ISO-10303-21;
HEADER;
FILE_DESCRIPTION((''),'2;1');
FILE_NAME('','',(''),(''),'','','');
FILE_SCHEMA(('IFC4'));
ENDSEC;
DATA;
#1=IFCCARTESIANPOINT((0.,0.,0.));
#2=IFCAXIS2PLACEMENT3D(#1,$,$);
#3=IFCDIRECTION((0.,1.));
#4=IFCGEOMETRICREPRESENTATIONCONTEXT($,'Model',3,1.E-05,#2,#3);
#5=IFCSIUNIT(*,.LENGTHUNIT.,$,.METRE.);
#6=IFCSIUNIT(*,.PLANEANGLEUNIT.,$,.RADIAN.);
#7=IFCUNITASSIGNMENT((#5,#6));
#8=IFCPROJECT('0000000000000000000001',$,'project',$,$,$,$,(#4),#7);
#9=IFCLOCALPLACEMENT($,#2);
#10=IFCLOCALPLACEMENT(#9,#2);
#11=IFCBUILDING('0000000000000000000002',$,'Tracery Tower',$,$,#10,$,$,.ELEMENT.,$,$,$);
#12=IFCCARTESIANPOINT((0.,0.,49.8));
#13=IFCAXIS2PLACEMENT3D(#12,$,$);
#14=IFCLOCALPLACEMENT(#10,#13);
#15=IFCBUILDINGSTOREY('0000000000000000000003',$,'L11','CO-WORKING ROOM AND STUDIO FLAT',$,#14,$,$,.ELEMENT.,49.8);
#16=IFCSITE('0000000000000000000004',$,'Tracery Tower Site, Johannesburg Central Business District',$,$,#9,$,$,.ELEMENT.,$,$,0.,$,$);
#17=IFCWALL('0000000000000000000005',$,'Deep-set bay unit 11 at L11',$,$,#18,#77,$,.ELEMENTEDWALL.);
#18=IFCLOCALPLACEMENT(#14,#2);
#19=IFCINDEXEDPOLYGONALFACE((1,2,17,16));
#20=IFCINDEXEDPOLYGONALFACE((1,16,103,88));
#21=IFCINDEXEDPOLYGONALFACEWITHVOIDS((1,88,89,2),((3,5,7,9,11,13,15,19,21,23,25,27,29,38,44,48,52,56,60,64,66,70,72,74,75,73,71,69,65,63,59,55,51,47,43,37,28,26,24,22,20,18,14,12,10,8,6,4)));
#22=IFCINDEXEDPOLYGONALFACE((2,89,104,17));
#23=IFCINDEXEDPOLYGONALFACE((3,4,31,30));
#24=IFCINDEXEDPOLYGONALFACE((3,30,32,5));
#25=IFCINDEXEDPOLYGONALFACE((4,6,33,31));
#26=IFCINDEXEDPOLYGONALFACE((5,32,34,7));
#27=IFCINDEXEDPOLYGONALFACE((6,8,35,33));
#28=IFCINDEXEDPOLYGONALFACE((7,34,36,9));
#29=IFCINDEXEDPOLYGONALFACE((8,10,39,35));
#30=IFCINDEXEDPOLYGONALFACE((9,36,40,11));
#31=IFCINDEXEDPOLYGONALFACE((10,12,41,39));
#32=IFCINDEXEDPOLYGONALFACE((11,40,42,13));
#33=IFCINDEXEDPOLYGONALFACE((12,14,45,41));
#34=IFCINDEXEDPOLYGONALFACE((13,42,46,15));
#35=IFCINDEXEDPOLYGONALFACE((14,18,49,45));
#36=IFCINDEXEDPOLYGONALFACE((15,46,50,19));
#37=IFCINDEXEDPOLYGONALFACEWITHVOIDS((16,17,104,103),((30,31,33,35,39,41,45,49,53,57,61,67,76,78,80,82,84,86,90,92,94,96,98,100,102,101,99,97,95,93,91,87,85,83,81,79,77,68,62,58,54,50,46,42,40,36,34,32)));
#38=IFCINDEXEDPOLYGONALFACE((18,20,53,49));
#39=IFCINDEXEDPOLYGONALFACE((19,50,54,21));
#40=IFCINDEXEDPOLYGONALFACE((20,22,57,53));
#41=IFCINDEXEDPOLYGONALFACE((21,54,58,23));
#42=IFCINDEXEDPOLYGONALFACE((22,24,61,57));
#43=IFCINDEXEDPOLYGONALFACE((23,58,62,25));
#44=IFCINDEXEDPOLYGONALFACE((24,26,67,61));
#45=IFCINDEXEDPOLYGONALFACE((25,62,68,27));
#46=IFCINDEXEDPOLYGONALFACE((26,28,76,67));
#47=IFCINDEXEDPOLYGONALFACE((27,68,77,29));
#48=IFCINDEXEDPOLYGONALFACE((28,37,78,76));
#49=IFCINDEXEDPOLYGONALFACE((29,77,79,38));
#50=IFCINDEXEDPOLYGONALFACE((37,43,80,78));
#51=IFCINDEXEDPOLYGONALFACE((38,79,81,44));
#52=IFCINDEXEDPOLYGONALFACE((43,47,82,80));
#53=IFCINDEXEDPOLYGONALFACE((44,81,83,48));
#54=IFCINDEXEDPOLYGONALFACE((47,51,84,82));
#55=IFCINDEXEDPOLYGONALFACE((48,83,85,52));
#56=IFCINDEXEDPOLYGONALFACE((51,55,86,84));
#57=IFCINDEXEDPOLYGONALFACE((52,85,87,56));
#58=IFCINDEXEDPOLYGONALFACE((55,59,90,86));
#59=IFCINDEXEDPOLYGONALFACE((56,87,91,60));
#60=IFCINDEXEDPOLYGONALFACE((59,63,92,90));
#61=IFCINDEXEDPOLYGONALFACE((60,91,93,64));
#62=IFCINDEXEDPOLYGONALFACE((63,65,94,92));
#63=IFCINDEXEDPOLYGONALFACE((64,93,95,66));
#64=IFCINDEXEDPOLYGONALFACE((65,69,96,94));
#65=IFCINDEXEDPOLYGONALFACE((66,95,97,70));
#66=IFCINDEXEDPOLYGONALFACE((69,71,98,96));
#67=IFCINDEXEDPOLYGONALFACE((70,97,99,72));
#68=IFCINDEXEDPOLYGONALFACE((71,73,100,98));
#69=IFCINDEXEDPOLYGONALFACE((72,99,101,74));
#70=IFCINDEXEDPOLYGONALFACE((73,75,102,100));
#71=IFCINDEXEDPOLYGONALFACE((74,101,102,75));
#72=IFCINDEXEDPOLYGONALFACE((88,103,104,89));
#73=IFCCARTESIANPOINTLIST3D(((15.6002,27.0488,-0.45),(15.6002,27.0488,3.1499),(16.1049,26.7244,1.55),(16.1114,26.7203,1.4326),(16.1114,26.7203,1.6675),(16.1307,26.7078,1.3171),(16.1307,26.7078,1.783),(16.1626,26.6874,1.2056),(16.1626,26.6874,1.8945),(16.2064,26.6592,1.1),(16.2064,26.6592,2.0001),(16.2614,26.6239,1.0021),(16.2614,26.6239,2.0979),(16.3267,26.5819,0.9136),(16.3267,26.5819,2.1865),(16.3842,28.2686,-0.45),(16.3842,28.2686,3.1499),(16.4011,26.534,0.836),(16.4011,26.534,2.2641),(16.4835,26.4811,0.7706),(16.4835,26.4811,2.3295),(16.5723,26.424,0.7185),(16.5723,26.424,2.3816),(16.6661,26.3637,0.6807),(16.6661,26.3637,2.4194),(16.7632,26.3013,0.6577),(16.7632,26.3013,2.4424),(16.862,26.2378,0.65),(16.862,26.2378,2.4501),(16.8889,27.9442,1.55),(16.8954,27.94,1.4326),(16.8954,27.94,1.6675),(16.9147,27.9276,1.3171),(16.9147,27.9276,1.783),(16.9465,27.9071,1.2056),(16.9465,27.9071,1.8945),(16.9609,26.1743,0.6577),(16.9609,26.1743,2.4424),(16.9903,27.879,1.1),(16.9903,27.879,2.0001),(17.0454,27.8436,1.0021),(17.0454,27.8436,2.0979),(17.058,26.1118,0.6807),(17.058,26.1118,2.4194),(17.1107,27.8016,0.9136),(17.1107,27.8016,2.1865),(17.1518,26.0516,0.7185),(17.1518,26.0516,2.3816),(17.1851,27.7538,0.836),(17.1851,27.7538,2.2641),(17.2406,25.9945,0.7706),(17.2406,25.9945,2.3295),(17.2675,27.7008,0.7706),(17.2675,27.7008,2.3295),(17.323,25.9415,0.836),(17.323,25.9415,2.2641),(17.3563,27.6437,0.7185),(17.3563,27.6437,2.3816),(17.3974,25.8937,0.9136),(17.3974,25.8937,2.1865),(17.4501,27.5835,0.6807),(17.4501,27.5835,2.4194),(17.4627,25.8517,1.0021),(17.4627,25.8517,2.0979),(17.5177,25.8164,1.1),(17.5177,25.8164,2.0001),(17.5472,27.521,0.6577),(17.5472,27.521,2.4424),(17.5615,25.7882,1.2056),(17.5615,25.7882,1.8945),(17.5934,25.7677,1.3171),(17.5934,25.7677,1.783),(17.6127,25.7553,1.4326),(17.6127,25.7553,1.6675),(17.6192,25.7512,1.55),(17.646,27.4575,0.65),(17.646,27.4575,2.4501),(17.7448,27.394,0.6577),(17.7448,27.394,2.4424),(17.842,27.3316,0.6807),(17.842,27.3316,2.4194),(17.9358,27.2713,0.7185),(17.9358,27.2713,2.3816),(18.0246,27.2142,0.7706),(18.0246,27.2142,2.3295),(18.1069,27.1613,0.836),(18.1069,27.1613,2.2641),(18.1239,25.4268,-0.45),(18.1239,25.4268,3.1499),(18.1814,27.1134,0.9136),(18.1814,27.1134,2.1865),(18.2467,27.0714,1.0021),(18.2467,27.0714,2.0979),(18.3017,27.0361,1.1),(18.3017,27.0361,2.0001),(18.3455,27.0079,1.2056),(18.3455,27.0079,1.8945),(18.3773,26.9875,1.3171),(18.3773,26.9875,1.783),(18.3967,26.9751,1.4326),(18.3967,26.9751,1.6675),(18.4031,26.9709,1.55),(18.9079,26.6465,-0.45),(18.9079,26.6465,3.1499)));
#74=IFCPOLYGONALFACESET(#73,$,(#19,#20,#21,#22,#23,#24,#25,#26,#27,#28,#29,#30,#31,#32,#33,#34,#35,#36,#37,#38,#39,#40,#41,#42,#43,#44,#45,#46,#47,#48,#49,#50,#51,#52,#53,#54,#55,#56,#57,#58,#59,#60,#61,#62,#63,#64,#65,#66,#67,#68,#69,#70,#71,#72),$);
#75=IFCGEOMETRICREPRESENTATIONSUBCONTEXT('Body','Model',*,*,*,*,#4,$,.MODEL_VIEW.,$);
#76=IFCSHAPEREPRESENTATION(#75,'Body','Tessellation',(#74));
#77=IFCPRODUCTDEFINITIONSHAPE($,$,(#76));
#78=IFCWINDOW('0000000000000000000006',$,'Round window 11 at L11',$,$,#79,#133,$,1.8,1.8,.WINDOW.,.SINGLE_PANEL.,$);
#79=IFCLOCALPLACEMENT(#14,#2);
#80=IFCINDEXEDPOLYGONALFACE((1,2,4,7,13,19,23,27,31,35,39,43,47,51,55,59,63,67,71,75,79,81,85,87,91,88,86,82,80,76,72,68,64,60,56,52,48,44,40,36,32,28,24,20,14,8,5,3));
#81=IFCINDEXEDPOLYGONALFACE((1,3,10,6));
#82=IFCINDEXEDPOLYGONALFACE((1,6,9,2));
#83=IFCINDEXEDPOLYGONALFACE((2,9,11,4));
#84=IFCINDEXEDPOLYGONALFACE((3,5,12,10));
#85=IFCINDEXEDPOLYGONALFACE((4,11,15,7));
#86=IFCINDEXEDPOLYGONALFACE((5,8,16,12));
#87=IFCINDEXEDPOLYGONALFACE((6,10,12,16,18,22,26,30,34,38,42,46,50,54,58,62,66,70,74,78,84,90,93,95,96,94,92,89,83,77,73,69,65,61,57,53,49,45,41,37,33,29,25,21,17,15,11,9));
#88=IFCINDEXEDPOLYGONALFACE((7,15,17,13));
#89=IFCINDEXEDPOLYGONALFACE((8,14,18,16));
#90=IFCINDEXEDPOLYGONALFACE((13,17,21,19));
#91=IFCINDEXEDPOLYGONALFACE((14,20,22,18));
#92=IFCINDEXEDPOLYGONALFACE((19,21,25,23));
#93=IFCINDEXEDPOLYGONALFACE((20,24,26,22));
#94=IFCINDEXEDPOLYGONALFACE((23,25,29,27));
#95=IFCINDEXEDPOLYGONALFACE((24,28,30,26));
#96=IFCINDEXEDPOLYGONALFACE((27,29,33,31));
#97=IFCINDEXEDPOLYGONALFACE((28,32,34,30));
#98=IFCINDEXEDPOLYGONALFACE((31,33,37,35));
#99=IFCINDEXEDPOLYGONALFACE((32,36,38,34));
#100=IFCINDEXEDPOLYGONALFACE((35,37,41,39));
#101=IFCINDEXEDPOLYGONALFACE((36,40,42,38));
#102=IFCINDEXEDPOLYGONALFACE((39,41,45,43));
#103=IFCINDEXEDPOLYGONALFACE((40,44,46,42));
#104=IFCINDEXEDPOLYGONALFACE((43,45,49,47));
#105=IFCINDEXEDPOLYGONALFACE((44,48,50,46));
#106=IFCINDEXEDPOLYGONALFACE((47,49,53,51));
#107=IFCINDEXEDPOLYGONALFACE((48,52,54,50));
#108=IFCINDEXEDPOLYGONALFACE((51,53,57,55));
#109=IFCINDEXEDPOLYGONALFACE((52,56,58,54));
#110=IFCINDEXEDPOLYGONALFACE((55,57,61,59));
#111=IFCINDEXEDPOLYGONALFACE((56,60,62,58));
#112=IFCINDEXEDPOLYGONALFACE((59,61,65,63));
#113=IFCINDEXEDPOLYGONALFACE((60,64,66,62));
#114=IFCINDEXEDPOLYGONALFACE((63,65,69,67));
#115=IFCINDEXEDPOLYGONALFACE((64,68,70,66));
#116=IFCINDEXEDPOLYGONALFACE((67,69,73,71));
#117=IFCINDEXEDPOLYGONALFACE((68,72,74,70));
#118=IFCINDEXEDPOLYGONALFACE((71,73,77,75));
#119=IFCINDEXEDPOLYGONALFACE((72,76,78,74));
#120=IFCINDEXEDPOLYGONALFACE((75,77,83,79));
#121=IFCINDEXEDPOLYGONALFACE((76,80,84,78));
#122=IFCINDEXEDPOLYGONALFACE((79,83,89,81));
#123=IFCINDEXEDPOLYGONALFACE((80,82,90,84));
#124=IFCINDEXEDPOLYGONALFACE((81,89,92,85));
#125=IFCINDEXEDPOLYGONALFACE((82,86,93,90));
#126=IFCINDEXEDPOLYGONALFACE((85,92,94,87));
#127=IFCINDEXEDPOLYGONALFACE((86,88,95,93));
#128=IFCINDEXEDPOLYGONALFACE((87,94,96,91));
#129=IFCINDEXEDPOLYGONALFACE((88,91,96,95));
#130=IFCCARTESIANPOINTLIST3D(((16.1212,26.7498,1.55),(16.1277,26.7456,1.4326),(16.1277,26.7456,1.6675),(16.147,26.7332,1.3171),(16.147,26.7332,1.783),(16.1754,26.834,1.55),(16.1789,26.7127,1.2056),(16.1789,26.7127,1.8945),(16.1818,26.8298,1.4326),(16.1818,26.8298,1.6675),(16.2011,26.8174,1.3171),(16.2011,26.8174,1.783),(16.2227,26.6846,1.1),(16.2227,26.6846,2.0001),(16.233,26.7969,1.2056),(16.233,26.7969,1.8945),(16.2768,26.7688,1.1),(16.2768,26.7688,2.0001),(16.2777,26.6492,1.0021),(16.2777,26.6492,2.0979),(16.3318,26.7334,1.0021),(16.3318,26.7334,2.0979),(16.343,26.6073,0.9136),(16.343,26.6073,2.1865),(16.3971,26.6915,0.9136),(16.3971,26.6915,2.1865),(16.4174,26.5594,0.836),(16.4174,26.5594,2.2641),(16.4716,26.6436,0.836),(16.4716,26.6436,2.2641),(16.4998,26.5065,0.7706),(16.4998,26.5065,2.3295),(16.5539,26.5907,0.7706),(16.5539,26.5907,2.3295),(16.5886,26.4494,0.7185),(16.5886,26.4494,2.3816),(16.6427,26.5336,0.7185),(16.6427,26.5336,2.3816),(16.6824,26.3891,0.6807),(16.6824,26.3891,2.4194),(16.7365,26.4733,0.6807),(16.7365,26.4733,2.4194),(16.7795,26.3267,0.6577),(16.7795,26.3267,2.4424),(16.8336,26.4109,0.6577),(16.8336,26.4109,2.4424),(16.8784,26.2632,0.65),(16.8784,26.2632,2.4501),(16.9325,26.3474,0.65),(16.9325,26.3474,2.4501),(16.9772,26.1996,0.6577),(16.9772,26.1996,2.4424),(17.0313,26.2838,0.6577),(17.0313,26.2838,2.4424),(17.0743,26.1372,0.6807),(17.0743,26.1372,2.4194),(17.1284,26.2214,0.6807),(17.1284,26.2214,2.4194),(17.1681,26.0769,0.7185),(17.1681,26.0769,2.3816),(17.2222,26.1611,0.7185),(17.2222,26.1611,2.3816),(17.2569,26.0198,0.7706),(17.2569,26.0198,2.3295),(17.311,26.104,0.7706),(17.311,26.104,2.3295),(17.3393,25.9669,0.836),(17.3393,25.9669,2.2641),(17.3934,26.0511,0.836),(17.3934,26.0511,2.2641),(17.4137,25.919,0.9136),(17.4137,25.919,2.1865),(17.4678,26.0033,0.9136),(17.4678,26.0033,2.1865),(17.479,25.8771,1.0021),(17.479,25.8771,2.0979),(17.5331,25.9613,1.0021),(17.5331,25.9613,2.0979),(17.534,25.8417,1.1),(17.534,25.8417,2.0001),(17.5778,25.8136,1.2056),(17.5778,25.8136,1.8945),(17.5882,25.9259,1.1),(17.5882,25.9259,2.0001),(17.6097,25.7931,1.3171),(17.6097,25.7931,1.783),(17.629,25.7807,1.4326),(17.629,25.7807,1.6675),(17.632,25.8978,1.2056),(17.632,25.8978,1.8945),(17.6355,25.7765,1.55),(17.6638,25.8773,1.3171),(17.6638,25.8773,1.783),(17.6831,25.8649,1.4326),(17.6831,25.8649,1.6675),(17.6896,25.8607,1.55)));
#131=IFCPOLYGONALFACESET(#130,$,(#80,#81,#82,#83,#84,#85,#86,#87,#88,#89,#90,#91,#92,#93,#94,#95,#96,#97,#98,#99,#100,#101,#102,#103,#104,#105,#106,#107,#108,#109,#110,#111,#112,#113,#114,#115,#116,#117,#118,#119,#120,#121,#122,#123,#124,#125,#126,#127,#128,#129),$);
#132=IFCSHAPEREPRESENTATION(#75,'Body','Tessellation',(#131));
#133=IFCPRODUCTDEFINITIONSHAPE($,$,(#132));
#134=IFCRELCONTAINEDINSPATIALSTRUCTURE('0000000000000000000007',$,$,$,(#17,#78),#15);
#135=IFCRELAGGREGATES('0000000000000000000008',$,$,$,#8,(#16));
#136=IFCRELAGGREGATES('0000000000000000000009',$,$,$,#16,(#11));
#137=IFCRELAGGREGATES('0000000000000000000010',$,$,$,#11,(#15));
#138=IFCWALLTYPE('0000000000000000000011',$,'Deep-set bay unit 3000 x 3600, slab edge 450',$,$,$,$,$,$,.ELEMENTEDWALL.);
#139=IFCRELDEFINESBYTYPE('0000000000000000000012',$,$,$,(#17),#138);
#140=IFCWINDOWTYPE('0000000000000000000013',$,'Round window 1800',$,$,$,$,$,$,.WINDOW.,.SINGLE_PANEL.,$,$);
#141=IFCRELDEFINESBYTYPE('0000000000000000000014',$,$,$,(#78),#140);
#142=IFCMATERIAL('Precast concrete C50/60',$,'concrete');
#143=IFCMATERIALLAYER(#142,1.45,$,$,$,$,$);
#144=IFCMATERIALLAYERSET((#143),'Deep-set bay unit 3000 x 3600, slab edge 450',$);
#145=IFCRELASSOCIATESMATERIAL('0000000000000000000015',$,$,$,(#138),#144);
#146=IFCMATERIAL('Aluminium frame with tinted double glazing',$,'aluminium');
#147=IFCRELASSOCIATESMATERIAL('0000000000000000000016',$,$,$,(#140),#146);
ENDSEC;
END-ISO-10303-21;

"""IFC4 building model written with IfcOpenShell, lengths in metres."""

from ifc_helpers import new_model, si_unit, direction, frame, frame_2d, origin, origin_2d, place, context, subcontext, project, spatial, rectangle, circle, extrude, material, layer, layer_set, type_object, element, fill, save


model = new_model("IFC4")

# Units and contexts
model_context = context("Model", 3, precision=1e-05, world=origin(), true_north=direction((0.0, 1.0)))
body_context = subcontext(model_context, "Body", "Model", "MODEL_VIEW")
ifc_project = project(units=[si_unit("LENGTHUNIT", "METRE"), si_unit("PLANEANGLEUNIT", "RADIAN")], contexts=[model_context])

# Site, building, storey
site_placement = place(None, origin())
site = spatial("IfcSite", under=ifc_project, at=site_placement, Name="Tracery Tower Site, Johannesburg Central Business District", CompositionType="ELEMENT", RefElevation=0.0)
building_placement = place(site_placement, origin())
building = spatial("IfcBuilding", under=site, at=building_placement, Name="Tracery Tower", CompositionType="ELEMENT")
storey_placement = place(building_placement, frame((0.0, 0.0, 49.8)))
storey = spatial("IfcBuildingStorey", under=building, at=storey_placement, Name="L11", Description="CO-WORKING ROOM AND STUDIO FLAT", CompositionType="ELEMENT", Elevation=49.8)

# Wall, opening, window
ifc_material_1 = material(Name="Precast concrete C50/60", Category="concrete")
ifc_layer_1 = layer(ifc_material_1, 1.45)
ifc_layer_set_1 = layer_set([ifc_layer_1], Name="Deep-set bay unit 3000 x 3600, slab edge 450")
wall_type_1 = type_object("IfcWallType", Name="Deep-set bay unit 3000 x 3600, slab edge 450", PredefinedType="ELEMENTEDWALL", material=ifc_layer_set_1)
ifc_material_2 = material(Name="Aluminium frame with tinted double glazing", Category="aluminium")
window_type = type_object("IfcWindowType", Name="Round window 1800", PartitioningType="SINGLE_PANEL", PredefinedType="WINDOW", material=ifc_material_2)
wall_1_placement = place(storey_placement, frame((18.5159, 26.0366, -0.45), z_axis=(0.0, 0.0, 1.0), x_axis=(-0.841223, 0.540688, 0.0)))
wall_1 = element("IfcWall", 1, at=wall_1_placement, inside=storey, type_object=wall_type_1, Name="Deep-set bay unit 11 at L11", PredefinedType="ELEMENTEDWALL", context=body_context, shape_type="SweptSolid", body=[
    extrude(rectangle(XDim=3.0, YDim=1.45, at=frame_2d((1.5, 0.0))), origin(), (0.0, 0.0, 1.0), 3.5999),
])
opening_1_placement = place(wall_1_placement, frame((1.5, 0.0, 2.0)))
opening_1 = element("IfcOpeningElement", 2, at=opening_1_placement, cuts=wall_1, PredefinedType="OPENING", context=body_context, shape_type="SweptSolid", body=[
    extrude(circle(Radius=0.9, at=origin_2d()), frame((0.0, 0.7349, 0.0), z_axis=(0.0, -1.0, 0.0), x_axis=(1.0, 0.0, 0.0)), (0.0, 0.0, 1.0), 1.47),
])
window_1_placement = place(opening_1_placement, origin())
window_1 = element("IfcWindow", 3, at=window_1_placement, inside=storey, type_object=window_type, Name="Round window 11 at L11", OverallHeight=1.8, OverallWidth=1.8, PartitioningType="SINGLE_PANEL", PredefinedType="WINDOW", context=body_context, shape_type="SweptSolid", body=[
    extrude(circle(Radius=0.9, at=origin_2d()), frame((0.0, 0.6948, 0.0), z_axis=(0.0, -1.0, 0.0), x_axis=(1.0, 0.0, 0.0)), (0.0, 0.0, 1.0), 0.1001),
])
fill(opening_1, window_1)

save(model, "model.ifc")
